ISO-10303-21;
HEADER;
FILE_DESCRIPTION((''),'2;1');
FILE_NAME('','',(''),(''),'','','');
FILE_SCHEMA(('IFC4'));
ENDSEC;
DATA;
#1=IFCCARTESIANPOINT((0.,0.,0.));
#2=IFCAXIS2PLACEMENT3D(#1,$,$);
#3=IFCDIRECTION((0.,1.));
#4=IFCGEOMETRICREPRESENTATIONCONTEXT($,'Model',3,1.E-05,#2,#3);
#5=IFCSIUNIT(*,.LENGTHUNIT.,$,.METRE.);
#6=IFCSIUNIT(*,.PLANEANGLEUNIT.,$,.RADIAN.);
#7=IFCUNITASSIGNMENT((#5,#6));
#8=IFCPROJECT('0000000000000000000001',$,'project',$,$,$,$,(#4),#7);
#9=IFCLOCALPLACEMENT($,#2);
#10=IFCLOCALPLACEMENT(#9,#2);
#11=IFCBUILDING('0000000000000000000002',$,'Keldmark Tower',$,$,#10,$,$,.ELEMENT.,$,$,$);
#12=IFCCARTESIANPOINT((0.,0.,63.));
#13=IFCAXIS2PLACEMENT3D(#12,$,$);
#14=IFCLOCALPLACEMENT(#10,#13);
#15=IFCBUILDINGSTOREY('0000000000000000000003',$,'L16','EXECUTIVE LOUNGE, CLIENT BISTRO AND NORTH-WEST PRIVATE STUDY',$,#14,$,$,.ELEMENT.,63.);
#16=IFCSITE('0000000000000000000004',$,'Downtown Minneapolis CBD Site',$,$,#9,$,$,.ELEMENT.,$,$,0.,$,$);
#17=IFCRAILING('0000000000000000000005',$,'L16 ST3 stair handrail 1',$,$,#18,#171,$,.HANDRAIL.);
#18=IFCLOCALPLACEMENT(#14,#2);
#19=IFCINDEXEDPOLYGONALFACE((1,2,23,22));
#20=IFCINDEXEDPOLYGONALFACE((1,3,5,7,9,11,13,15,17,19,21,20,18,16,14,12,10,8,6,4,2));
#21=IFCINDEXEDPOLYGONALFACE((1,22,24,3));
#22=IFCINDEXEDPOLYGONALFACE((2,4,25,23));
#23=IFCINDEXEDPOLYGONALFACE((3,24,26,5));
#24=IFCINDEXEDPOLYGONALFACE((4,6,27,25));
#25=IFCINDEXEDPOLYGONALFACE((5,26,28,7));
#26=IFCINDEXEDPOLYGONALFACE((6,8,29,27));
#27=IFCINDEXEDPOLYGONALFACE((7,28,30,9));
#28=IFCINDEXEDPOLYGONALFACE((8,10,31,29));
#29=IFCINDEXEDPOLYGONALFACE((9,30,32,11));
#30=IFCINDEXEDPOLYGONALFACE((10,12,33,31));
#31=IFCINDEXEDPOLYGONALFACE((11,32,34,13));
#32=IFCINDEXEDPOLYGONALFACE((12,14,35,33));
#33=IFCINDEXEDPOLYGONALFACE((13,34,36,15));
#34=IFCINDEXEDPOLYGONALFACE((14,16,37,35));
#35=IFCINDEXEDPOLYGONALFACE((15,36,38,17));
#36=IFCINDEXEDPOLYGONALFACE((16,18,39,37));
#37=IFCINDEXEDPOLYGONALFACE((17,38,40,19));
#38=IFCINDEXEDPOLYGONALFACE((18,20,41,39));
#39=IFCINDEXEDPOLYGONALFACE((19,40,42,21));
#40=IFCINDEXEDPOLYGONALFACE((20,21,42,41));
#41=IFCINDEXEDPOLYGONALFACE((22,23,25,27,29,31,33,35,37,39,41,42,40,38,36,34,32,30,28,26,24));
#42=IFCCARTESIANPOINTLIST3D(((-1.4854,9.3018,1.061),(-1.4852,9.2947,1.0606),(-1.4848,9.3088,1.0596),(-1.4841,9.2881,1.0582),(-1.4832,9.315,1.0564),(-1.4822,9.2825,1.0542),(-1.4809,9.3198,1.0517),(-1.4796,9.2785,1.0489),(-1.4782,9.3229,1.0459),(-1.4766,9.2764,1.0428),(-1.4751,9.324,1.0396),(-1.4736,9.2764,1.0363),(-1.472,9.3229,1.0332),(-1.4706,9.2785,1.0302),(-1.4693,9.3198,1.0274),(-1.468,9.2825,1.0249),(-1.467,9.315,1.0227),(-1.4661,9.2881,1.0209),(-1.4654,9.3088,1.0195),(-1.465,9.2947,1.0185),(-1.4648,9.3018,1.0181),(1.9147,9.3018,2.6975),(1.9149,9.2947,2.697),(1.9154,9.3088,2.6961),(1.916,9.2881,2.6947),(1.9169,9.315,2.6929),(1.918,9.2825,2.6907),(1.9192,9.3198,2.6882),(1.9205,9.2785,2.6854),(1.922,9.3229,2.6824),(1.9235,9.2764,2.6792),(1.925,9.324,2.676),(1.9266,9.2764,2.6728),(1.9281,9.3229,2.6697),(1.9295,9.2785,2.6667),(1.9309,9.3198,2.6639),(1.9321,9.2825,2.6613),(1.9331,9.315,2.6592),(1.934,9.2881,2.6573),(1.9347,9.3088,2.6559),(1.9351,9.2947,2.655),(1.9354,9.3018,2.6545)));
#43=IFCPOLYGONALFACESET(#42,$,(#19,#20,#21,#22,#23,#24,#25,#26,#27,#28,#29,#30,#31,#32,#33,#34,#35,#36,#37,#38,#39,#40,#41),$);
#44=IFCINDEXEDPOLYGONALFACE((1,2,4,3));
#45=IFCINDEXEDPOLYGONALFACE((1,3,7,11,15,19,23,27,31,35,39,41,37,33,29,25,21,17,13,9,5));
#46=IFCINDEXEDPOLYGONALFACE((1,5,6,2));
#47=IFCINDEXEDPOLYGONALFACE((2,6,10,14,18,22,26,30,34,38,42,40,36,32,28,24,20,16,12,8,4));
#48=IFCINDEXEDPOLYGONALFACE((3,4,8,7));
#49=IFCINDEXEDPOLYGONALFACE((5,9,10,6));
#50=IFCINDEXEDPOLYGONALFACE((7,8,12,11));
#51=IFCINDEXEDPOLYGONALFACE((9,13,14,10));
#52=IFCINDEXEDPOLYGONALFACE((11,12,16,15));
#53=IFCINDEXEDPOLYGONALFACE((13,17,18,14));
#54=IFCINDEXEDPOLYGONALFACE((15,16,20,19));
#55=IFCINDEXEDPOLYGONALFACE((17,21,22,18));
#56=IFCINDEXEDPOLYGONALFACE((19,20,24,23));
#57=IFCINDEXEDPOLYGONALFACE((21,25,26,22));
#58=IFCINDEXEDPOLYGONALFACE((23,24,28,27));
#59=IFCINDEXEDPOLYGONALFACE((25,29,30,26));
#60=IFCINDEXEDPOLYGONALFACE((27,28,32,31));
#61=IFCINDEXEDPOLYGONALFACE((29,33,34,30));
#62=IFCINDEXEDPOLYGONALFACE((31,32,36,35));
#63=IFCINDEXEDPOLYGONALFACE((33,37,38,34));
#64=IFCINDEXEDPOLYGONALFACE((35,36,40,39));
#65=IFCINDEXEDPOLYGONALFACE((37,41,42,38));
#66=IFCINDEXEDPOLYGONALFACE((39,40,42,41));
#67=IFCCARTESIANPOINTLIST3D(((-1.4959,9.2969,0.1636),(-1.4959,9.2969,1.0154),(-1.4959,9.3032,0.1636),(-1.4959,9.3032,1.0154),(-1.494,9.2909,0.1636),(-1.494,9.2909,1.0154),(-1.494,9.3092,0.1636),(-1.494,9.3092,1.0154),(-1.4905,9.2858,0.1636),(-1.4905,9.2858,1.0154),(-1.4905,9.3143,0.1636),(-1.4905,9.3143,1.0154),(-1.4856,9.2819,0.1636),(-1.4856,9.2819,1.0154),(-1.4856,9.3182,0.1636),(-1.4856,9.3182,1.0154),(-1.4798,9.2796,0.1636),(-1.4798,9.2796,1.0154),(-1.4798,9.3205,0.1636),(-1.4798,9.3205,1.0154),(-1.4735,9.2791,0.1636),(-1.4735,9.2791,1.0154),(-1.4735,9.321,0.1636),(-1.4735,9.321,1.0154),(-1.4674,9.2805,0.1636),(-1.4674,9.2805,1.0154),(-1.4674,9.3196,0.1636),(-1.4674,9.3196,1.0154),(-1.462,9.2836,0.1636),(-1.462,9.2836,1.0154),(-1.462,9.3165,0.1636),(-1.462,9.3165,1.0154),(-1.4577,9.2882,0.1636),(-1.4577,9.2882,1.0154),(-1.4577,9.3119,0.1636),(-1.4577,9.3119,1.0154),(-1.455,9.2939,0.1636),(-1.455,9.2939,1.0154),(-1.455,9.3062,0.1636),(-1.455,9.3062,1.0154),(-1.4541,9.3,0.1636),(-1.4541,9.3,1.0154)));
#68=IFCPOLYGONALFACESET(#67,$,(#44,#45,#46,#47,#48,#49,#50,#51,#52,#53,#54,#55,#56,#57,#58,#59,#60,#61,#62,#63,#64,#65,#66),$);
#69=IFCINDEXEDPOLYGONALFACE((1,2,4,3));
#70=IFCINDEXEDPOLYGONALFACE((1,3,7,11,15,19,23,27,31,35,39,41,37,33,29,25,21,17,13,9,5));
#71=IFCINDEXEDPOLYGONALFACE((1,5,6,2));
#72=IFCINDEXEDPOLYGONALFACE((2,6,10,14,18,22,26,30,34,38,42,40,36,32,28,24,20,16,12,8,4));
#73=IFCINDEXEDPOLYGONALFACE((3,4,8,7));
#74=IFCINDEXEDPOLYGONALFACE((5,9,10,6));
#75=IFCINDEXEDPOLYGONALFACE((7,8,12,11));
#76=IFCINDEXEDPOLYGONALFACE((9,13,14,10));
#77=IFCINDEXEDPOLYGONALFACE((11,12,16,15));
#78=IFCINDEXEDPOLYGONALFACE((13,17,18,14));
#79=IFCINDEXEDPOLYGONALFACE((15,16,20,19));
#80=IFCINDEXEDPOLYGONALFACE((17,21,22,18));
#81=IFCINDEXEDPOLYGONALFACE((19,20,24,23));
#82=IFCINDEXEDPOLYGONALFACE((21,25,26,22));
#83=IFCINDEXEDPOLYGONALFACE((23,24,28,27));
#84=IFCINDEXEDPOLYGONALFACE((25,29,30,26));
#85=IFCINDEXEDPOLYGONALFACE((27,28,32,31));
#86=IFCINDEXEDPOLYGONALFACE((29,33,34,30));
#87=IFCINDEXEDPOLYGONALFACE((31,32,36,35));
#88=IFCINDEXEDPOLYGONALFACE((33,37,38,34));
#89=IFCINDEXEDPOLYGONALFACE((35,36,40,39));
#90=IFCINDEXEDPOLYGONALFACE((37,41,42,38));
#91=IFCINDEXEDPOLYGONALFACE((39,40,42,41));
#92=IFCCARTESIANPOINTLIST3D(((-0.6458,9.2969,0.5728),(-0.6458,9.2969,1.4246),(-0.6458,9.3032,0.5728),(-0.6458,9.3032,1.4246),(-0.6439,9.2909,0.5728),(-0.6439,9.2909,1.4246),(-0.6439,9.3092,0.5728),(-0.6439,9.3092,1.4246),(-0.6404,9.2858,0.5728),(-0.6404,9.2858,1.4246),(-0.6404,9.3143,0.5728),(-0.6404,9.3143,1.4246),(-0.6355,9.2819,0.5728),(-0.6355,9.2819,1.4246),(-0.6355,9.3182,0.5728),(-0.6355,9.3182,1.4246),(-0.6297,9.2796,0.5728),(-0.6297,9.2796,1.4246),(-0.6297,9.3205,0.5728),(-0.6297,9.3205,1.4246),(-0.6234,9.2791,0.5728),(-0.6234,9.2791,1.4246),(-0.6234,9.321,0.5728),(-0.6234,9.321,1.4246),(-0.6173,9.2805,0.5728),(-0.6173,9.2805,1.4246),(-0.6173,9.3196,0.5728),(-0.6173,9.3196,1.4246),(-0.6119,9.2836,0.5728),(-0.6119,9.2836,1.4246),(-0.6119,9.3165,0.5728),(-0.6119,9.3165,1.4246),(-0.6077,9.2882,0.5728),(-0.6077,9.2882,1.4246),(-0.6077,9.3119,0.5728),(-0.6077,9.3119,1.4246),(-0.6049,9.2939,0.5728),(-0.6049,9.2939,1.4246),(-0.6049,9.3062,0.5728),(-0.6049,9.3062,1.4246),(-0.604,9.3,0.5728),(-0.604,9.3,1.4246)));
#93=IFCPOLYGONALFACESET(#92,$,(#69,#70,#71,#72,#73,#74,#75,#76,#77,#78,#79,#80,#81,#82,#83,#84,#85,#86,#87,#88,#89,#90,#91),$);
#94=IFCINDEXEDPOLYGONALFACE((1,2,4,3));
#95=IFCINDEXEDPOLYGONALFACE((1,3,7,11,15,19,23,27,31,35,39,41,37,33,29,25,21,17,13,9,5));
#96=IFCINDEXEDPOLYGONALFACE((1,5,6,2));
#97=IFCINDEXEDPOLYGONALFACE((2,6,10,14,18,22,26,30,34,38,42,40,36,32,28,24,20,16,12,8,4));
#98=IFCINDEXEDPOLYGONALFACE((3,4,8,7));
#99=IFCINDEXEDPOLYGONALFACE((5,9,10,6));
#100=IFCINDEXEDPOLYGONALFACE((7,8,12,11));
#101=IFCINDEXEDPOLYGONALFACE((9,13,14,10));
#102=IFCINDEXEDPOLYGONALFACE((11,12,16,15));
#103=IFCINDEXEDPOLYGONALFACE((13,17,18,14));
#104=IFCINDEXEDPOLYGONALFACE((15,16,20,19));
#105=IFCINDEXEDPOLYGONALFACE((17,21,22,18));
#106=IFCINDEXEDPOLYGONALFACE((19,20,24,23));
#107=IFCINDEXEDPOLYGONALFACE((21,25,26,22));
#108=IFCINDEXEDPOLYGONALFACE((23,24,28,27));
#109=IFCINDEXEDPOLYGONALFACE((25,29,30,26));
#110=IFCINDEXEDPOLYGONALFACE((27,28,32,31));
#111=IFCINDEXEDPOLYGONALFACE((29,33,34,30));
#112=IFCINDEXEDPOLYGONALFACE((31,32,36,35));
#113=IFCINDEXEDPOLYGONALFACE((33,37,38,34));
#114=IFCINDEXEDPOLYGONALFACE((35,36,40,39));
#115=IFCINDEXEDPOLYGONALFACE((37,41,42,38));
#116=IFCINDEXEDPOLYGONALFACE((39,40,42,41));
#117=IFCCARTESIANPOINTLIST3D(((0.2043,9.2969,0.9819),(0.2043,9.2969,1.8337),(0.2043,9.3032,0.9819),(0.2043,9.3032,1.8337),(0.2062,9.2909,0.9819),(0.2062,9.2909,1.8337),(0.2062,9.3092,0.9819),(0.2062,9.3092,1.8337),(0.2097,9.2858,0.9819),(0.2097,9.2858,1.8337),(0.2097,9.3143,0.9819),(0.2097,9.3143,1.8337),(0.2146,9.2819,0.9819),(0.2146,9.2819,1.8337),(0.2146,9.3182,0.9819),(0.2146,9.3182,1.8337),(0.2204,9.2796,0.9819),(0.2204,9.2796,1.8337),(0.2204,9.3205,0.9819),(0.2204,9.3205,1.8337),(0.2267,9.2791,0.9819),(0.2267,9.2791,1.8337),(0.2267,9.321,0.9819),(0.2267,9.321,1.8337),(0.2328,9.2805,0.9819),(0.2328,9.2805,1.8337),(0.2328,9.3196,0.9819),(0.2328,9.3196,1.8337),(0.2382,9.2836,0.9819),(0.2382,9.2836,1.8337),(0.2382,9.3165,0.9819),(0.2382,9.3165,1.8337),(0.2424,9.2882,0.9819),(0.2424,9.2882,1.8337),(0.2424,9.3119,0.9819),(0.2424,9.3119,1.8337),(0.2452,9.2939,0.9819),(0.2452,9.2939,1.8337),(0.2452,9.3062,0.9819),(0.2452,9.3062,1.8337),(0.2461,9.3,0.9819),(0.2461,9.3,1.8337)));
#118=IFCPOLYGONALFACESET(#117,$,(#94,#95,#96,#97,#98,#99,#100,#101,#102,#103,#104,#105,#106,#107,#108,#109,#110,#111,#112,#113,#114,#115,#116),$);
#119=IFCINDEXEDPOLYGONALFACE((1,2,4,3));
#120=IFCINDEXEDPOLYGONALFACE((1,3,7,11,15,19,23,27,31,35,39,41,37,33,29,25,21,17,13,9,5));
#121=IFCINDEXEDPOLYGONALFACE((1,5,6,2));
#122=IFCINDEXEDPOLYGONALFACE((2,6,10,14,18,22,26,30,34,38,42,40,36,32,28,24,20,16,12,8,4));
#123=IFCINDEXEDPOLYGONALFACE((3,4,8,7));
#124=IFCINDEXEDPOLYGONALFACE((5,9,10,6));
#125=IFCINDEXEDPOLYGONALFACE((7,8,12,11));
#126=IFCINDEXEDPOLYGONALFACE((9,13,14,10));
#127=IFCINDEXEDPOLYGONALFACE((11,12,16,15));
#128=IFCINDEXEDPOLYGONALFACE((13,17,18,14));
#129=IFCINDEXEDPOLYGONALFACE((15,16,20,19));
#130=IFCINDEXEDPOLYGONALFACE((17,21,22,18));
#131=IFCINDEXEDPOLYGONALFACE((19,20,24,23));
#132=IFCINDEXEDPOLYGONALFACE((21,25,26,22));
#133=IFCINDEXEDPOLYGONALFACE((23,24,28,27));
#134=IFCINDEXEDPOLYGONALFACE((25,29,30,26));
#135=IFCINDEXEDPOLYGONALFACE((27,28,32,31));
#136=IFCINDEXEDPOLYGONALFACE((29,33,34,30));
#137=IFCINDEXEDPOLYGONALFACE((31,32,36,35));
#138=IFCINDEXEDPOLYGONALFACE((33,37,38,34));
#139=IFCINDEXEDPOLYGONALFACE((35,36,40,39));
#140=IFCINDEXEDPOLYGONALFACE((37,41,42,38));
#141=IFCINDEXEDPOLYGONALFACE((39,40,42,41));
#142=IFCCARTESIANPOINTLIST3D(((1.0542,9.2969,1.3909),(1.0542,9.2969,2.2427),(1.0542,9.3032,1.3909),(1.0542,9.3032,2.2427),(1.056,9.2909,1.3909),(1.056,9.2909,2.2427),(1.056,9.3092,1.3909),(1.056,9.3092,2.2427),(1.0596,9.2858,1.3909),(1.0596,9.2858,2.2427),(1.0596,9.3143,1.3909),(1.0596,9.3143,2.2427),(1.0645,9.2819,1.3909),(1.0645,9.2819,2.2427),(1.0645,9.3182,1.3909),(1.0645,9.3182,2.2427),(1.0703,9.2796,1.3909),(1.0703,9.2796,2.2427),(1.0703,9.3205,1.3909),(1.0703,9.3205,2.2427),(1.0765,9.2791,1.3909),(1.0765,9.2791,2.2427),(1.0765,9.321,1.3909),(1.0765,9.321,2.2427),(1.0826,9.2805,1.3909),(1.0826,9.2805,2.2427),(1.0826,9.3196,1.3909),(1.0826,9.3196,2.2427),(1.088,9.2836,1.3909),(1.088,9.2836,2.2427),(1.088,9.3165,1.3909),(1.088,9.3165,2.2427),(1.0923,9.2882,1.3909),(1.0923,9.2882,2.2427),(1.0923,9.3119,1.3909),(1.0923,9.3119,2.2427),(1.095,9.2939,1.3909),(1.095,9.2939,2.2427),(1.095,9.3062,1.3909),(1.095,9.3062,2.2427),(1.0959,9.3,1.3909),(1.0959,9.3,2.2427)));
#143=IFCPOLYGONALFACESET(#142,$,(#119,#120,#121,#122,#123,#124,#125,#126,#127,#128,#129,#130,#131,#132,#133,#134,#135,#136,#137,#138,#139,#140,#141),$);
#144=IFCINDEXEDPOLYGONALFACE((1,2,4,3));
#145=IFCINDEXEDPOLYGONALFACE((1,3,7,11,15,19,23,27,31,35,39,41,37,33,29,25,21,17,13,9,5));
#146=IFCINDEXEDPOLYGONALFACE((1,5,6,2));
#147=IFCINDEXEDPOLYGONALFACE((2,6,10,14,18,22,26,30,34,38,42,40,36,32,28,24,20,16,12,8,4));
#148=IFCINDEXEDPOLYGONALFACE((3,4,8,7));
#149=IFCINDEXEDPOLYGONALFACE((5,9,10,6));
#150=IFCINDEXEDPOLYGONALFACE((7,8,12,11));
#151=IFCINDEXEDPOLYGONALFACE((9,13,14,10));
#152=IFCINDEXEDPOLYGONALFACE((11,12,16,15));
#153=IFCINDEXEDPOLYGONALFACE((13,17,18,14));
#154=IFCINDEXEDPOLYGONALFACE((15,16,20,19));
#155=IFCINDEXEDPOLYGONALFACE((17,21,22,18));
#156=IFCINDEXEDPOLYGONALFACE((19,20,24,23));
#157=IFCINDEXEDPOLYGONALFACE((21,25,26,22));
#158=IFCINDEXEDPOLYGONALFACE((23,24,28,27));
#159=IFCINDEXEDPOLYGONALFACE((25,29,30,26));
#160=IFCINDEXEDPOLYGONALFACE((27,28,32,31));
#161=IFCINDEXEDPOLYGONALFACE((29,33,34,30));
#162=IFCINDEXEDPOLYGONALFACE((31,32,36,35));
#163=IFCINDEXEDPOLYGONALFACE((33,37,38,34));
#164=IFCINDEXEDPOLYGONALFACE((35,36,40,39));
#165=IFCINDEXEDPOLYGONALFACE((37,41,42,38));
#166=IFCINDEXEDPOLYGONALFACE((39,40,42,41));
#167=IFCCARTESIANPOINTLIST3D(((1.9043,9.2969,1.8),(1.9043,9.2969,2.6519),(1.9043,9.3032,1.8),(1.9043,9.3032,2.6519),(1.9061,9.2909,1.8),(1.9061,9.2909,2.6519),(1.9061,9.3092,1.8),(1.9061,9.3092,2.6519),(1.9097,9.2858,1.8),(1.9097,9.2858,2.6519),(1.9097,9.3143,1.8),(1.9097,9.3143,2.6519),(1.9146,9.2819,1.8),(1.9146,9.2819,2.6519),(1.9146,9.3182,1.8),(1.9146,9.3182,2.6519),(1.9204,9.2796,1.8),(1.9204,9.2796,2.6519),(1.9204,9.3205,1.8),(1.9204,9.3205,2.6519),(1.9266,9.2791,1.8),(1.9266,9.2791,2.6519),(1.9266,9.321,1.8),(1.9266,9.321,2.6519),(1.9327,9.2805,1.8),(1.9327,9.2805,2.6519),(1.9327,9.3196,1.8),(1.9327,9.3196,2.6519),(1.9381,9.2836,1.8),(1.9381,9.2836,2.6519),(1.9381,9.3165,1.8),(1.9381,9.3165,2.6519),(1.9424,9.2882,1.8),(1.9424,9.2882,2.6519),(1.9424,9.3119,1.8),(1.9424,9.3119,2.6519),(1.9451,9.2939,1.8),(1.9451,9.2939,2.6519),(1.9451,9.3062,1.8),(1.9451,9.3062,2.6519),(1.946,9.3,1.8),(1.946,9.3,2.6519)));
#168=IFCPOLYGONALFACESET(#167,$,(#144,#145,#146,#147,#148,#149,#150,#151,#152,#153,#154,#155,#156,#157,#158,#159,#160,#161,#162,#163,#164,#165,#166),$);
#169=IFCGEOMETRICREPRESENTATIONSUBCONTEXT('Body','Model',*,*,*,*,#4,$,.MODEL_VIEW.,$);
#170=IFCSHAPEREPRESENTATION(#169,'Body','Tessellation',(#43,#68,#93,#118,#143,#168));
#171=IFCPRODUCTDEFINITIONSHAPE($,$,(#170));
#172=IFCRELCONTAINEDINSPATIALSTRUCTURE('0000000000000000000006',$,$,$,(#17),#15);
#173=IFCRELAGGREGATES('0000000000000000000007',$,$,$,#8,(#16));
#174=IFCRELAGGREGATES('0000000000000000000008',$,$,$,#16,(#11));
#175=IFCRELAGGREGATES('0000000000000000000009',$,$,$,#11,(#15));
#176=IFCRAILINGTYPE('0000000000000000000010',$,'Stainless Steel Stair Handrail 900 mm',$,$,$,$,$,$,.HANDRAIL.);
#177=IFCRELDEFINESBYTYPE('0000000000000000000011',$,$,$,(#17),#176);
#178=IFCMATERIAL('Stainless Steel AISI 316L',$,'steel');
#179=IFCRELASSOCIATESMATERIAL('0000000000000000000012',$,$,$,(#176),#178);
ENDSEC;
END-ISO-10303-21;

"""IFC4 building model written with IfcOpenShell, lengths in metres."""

from ifc_helpers import new_model, si_unit, direction, frame, origin, origin_2d, place, context, subcontext, project, spatial, circle, extrude, material, type_object, element, save


model = new_model("IFC4")

# Units and contexts
model_context = context("Model", 3, precision=1e-05, world=origin(), true_north=direction((0.0, 1.0)))
body_context = subcontext(model_context, "Body", "Model", "MODEL_VIEW")
ifc_project = project(units=[si_unit("LENGTHUNIT", "METRE"), si_unit("PLANEANGLEUNIT", "RADIAN")], contexts=[model_context])

# Site, building, storey
site_placement = place(None, origin())
site = spatial("IfcSite", under=ifc_project, at=site_placement, Name="Downtown Minneapolis CBD Site", CompositionType="ELEMENT", RefElevation=0.0)
building_placement = place(site_placement, origin())
building = spatial("IfcBuilding", under=site, at=building_placement, Name="Keldmark Tower", CompositionType="ELEMENT")
storey_placement = place(building_placement, frame((0.0, 0.0, 63.0)))
storey = spatial("IfcBuildingStorey", under=building, at=storey_placement, Name="L16", Description="EXECUTIVE LOUNGE, CLIENT BISTRO AND NORTH-WEST PRIVATE STUDY", CompositionType="ELEMENT", Elevation=63.0)

# Railing
ifc_material_1 = material(Name="Stainless Steel AISI 316L", Category="steel")
railing_type = type_object("IfcRailingType", Name="Stainless Steel Stair Handrail 900 mm", PredefinedType="HANDRAIL", material=ifc_material_1)
railing_placement = place(storey_placement, frame((-1.4751, 9.3, 0.1636)))
element("IfcRailing", 1, at=railing_placement, inside=storey, type_object=railing_type, Name="L16 ST3 stair handrail 1", PredefinedType="HANDRAIL", context=body_context, shape_type="SweptSolid", body=[
    extrude(circle(Radius=0.0239, at=origin_2d()), frame((0.0, 0.0, 0.876), z_axis=(0.901067, 0.0, 0.433679), x_axis=(0.0, 1.0, 0.0)), (0.0, 0.0, 1.0), 3.7734),
    extrude(circle(Radius=0.021, at=origin_2d()), origin(), (0.0, 0.0, 1.0), 0.8518),
    extrude(circle(Radius=0.021, at=origin_2d()), frame((0.8501, 0.0, 0.4092)), (0.0, 0.0, 1.0), 0.8518),
    extrude(circle(Radius=0.021, at=origin_2d()), frame((1.7002, 0.0, 0.8184)), (0.0, 0.0, 1.0), 0.8518),
    extrude(circle(Radius=0.021, at=origin_2d()), frame((2.55, 0.0, 1.2273)), (0.0, 0.0, 1.0), 0.8518),
    extrude(circle(Radius=0.021, at=origin_2d()), frame((3.4001, 0.0, 1.6365)), (0.0, 0.0, 1.0), 0.8518),
])

save(model, "model.ifc")
